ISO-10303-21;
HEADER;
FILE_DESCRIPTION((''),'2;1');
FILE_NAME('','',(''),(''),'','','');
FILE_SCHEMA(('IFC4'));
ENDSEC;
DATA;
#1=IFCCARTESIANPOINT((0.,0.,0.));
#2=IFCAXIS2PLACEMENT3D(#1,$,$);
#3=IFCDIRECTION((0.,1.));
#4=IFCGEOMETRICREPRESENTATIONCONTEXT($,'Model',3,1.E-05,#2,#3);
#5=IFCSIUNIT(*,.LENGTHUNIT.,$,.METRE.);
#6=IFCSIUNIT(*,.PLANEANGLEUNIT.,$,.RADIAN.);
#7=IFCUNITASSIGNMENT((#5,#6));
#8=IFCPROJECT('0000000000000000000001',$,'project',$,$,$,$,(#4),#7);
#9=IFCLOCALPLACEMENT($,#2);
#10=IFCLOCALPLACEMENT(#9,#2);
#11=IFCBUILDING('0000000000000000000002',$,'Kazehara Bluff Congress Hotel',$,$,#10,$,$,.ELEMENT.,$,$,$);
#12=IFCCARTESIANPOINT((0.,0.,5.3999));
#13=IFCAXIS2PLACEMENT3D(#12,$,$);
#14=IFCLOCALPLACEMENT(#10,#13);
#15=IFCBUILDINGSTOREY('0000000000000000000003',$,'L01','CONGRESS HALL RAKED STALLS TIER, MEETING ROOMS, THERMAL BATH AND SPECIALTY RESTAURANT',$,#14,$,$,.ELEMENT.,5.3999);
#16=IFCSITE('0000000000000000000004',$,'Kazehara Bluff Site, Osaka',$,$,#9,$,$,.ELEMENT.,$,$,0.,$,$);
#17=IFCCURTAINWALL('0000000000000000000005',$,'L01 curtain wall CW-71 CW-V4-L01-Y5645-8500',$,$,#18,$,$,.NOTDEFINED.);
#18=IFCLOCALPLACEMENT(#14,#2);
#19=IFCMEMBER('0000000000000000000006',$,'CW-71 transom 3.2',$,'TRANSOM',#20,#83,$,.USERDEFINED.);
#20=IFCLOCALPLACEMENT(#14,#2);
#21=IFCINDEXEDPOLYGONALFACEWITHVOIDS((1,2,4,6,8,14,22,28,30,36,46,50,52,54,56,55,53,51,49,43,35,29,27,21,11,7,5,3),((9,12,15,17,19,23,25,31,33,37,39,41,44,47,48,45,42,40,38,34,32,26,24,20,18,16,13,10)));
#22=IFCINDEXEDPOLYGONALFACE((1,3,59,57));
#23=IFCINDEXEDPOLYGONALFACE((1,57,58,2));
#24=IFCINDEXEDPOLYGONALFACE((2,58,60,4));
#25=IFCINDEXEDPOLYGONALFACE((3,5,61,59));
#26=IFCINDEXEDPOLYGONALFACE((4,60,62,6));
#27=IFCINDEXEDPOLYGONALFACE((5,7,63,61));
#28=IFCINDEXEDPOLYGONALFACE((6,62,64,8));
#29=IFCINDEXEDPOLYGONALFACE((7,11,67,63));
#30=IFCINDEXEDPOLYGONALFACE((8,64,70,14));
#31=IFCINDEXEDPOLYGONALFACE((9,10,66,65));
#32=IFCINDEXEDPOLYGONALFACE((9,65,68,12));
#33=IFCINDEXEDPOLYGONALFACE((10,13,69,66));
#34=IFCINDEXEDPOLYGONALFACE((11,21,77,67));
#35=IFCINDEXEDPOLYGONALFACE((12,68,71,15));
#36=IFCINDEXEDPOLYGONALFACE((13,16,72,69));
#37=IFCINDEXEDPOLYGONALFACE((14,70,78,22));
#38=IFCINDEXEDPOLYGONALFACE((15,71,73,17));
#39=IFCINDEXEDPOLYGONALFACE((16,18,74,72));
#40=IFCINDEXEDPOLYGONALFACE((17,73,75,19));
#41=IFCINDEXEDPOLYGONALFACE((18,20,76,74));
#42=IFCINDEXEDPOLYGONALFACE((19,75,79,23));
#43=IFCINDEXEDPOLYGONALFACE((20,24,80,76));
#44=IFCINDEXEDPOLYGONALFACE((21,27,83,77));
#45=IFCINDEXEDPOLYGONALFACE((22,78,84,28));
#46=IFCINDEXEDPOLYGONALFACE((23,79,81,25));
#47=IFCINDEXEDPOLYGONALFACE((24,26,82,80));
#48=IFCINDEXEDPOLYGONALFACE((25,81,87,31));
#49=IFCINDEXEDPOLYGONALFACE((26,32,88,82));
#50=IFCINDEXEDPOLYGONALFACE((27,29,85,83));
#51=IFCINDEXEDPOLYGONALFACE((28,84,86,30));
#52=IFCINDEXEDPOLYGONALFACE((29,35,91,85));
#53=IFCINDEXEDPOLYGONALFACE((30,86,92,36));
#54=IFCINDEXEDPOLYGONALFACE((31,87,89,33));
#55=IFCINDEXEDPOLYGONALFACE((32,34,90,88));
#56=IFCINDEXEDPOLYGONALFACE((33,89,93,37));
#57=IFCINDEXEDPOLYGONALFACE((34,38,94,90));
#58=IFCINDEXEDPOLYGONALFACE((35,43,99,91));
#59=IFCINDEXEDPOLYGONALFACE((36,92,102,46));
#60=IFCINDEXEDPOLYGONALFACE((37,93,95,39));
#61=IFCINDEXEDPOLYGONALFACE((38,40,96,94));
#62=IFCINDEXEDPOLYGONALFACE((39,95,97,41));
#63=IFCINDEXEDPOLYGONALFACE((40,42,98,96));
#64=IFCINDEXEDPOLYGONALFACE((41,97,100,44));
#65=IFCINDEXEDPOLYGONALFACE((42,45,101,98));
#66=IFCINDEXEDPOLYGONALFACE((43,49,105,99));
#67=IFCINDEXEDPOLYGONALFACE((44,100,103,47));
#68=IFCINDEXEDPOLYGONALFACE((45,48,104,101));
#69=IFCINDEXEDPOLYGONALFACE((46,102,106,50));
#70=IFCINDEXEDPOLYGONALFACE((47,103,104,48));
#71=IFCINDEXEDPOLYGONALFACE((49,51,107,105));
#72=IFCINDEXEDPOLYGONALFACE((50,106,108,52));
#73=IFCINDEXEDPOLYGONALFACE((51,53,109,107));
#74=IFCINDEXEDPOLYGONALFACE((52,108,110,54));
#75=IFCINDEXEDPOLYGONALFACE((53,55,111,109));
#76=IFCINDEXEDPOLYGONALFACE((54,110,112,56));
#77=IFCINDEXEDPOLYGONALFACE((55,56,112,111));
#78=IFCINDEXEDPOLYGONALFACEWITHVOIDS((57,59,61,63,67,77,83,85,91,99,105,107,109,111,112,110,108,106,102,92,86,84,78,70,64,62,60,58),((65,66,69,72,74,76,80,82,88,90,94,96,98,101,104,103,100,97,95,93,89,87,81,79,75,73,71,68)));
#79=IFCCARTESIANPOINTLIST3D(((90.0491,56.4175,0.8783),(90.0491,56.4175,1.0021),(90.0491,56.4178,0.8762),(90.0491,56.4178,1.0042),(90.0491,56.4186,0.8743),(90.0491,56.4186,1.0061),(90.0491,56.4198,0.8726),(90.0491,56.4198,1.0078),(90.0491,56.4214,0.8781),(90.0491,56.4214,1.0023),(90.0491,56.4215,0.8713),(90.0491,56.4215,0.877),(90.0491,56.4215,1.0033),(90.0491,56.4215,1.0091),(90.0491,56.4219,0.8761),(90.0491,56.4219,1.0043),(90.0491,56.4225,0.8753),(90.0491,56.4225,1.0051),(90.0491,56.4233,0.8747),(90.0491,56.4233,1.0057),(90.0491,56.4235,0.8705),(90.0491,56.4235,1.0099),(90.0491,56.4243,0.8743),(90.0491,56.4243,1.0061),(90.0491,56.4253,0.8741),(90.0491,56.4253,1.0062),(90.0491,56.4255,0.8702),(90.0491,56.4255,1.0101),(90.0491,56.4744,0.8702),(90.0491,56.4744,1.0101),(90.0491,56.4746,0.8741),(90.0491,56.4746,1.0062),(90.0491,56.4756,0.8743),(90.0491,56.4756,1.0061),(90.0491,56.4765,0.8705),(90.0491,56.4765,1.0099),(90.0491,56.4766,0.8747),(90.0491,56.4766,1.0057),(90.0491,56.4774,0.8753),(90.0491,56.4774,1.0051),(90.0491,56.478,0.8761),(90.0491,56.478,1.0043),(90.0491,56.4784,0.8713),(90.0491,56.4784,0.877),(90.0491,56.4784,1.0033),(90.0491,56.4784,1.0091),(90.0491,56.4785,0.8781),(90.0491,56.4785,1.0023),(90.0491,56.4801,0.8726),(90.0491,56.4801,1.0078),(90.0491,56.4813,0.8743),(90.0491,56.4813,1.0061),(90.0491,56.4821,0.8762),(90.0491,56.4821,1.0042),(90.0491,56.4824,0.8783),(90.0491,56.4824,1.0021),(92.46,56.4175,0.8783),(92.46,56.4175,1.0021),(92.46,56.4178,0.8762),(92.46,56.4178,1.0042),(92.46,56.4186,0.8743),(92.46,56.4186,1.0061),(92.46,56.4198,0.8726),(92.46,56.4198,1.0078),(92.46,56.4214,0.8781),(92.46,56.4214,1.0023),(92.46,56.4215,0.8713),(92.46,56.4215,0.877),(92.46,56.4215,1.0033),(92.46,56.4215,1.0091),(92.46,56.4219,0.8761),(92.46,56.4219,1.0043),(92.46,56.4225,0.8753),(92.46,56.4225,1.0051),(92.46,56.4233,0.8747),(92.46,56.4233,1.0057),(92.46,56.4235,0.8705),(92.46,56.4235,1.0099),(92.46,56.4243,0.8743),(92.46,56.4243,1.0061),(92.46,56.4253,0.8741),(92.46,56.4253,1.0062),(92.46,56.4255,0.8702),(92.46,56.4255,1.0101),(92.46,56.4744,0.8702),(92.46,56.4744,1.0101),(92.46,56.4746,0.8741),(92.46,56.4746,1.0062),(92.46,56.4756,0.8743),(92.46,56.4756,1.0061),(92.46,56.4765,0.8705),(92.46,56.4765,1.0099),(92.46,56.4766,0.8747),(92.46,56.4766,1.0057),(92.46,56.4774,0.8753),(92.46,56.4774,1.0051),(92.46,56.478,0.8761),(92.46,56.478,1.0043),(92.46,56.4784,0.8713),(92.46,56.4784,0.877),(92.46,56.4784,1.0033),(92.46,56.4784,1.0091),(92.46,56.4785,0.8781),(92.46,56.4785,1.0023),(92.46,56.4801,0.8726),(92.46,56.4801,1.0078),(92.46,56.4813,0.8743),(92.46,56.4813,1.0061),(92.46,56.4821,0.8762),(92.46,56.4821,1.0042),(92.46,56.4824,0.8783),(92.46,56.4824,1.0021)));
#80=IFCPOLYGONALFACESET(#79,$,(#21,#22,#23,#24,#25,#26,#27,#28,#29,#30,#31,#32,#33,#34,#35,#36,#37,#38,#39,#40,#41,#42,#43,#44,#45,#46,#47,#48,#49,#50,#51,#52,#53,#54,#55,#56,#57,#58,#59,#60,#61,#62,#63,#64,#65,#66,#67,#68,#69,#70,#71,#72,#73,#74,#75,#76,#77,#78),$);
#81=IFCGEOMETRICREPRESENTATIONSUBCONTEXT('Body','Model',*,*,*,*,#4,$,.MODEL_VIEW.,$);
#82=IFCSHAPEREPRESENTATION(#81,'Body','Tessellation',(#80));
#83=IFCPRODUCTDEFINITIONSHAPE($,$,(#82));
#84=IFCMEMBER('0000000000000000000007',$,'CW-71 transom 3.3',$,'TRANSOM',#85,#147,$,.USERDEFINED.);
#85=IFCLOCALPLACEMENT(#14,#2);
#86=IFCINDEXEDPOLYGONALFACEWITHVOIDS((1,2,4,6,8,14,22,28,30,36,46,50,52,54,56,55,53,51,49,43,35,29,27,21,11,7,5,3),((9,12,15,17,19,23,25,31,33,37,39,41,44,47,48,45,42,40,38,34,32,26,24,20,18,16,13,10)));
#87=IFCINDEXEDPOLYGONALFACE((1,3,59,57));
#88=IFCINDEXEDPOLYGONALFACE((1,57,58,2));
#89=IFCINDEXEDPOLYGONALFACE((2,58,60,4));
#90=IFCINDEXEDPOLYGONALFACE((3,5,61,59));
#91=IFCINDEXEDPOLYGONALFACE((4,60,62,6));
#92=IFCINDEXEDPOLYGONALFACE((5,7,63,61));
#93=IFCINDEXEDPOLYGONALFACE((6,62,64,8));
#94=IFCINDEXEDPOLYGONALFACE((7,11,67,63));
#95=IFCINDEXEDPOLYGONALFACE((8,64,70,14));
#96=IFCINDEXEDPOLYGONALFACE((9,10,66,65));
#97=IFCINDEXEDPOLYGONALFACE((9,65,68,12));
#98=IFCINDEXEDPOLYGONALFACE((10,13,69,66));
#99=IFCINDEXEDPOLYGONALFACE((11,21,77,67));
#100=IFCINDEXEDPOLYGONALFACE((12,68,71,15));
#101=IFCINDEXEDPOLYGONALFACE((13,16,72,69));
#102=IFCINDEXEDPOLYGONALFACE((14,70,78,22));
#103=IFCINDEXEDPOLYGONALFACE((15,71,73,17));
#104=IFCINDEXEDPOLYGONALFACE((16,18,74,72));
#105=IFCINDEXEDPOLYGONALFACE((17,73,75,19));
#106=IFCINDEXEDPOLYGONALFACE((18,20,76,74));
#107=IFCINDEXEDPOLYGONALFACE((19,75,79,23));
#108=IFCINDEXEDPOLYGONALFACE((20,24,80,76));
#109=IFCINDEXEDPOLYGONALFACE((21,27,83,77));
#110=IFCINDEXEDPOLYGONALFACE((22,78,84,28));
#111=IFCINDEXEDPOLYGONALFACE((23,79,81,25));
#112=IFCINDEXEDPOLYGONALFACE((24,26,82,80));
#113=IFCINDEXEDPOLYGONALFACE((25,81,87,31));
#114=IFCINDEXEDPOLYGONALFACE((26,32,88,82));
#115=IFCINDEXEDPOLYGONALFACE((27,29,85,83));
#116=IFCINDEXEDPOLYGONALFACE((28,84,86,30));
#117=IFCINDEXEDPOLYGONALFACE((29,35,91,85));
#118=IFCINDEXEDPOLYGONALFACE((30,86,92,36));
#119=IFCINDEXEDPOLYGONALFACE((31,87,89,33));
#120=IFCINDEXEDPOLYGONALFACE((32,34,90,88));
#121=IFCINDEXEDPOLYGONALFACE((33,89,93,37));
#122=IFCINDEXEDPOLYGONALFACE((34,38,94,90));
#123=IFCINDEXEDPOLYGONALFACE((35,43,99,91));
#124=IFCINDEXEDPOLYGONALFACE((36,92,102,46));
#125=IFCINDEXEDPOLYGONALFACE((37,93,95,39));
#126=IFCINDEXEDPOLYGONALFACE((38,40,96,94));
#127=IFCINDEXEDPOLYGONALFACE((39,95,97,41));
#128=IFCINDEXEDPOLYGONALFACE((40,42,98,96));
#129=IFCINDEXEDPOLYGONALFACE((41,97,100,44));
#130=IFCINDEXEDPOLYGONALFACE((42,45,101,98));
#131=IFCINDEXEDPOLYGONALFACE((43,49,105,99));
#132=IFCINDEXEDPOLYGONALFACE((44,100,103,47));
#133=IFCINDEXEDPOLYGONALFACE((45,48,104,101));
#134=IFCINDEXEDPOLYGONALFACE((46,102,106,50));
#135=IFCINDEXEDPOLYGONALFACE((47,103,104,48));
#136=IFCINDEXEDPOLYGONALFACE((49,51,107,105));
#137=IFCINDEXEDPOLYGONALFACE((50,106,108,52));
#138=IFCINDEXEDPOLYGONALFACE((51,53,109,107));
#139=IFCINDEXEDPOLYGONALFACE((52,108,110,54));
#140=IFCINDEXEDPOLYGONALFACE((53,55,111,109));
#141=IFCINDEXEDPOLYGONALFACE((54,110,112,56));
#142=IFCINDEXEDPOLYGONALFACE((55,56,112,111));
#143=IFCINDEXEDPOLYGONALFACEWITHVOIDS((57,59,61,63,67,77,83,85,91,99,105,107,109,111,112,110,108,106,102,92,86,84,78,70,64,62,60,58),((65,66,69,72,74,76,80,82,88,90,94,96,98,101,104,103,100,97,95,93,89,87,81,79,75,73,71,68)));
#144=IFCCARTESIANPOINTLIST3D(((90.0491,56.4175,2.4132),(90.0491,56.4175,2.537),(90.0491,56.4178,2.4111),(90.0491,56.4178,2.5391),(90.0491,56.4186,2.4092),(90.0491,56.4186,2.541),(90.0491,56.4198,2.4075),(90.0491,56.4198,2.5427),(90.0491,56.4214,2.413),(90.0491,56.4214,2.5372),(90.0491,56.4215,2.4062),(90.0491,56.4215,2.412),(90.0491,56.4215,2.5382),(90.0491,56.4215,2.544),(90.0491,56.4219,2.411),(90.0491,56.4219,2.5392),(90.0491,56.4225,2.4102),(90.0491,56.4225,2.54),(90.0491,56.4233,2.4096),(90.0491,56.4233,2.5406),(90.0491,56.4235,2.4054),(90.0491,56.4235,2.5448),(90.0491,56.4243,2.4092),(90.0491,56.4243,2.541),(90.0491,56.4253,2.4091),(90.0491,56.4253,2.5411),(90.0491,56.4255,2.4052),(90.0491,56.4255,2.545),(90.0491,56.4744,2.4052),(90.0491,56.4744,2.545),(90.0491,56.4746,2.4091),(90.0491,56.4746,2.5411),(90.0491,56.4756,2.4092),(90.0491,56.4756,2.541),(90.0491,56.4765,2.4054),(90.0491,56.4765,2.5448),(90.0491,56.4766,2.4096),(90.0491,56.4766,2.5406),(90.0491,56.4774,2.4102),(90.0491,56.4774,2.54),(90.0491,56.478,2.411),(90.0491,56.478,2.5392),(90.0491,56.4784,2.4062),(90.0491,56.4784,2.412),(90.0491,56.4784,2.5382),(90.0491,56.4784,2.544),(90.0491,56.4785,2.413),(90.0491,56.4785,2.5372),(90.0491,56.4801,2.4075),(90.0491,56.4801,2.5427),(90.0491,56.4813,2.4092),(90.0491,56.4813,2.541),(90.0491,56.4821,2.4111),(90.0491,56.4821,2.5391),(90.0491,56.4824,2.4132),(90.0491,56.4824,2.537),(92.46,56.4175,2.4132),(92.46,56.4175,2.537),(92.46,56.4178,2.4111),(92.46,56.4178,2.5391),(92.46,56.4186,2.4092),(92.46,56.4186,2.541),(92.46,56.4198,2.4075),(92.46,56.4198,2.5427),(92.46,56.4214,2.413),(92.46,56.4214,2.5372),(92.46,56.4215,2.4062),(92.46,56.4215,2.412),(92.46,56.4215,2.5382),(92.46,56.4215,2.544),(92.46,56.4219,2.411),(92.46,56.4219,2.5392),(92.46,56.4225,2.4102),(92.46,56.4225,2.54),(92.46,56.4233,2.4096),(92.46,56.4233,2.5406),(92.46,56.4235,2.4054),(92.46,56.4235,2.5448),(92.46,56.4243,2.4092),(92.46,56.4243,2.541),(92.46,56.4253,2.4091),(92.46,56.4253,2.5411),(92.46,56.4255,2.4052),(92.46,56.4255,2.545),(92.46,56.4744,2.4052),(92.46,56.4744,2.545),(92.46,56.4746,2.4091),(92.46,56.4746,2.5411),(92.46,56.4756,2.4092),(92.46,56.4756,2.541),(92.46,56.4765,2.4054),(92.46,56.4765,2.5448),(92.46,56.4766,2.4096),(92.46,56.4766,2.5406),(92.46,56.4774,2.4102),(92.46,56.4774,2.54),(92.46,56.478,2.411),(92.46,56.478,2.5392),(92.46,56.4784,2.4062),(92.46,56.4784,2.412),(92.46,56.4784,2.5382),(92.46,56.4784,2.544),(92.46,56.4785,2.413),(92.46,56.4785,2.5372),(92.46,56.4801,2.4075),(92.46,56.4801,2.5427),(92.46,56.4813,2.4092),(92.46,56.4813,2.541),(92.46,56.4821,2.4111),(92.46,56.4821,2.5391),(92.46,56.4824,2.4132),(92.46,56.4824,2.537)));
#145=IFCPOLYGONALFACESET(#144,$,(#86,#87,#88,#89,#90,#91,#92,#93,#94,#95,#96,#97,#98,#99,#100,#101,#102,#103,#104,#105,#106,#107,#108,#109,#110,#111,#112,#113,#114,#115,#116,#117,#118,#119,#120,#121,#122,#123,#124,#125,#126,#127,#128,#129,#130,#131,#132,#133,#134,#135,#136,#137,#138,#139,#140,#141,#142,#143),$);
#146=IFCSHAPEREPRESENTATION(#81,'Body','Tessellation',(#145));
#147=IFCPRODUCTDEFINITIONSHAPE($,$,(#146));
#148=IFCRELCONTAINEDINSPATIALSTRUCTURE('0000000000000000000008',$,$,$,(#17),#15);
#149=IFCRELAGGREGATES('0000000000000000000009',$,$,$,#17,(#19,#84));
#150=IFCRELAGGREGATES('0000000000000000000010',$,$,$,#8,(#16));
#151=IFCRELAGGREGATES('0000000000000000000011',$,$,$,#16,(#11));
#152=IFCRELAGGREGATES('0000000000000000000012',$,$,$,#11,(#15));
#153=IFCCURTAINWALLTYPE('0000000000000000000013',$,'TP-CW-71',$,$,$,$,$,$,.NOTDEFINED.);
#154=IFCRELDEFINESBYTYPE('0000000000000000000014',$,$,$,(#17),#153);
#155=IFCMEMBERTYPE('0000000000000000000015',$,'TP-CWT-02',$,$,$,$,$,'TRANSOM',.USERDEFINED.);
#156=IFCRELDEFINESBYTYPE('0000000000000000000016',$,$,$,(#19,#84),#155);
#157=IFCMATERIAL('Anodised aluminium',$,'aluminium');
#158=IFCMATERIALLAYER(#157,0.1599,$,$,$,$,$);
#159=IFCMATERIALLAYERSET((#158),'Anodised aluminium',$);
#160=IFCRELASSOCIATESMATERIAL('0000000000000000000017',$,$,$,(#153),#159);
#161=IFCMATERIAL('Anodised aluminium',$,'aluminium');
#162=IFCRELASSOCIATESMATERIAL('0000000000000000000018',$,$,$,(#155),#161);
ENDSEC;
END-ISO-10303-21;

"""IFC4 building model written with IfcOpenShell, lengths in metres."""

from ifc_helpers import new_model, si_unit, direction, frame, origin, origin_2d, place, context, subcontext, project, spatial, hollow_rectangle, extrude, material, layer, layer_set, material_profile, profile_set, type_object, element, aggregate, save


model = new_model("IFC4")

# Units and contexts
model_context = context("Model", 3, precision=1e-05, world=origin(), true_north=direction((0.0, 1.0)))
body_context = subcontext(model_context, "Body", "Model", "MODEL_VIEW")
ifc_project = project(units=[si_unit("LENGTHUNIT", "METRE"), si_unit("PLANEANGLEUNIT", "RADIAN")], contexts=[model_context])

# Site, building, storey
site_placement = place(None, origin())
site = spatial("IfcSite", under=ifc_project, at=site_placement, Name="Kazehara Bluff Site, Osaka", CompositionType="ELEMENT", RefElevation=0.0)
building_placement = place(site_placement, origin())
building = spatial("IfcBuilding", under=site, at=building_placement, Name="Kazehara Bluff Congress Hotel", CompositionType="ELEMENT")
storey_placement = place(building_placement, frame((0.0, 0.0, 5.3999)))
storey = spatial("IfcBuildingStorey", under=building, at=storey_placement, Name="L01", Description="CONGRESS HALL RAKED STALLS TIER, MEETING ROOMS, THERMAL BATH AND SPECIALTY RESTAURANT", CompositionType="ELEMENT", Elevation=5.3999)

# Curtain wall, members
ifc_material_1 = material(Name="Anodised aluminium", Category="aluminium")
ifc_layer_1 = layer(ifc_material_1, 0.1599)
ifc_layer_set_1 = layer_set([ifc_layer_1], Name="Anodised aluminium")
curtain_wall_type = type_object("IfcCurtainWallType", Name="TP-CW-71", PredefinedType="NOTDEFINED", material=ifc_layer_set_1)
curtain_wall_placement = place(storey_placement, origin())
curtain_wall = element("IfcCurtainWall", 1, at=curtain_wall_placement, inside=storey, type_object=curtain_wall_type, Name="L01 curtain wall CW-71 CW-V4-L01-Y5645-8500", PredefinedType="NOTDEFINED")
ifc_material_2 = material(Name="Anodised aluminium", Category="aluminium")
ifc_material_profile_1 = material_profile(ifc_material_2, hollow_rectangle(XDim=0.0649, YDim=0.1399, WallThickness=0.0039, InnerFilletRadius=0.0039, OuterFilletRadius=0.0081, at=origin_2d()))
ifc_profile_set_1 = profile_set([ifc_material_profile_1], Name="Anodised aluminium")
member_type_1 = type_object("IfcMemberType", Name="TP-CWT-02", ElementType="TRANSOM", PredefinedType="USERDEFINED", material=ifc_profile_set_1)
member_1_placement = place(storey_placement, frame((90.0491, 56.45, 0.9402), z_axis=(1.0, 0.0, 0.0), x_axis=(0.0, 1.0, 0.0)))
member_1 = element("IfcMember", 2, at=member_1_placement, type_object=member_type_1, Name="CW-71 transom 3.2", ObjectType="TRANSOM", PredefinedType="USERDEFINED", context=body_context, shape_type="SweptSolid", body=[
    extrude(hollow_rectangle(XDim=0.0649, YDim=0.1399, WallThickness=0.0039, InnerFilletRadius=0.0039, OuterFilletRadius=0.0081, at=origin_2d()), origin(), (0.0, 0.0, 1.0), 2.4109),
])
member_2_placement = place(storey_placement, frame((90.0491, 56.45, 2.4751), z_axis=(1.0, 0.0, 0.0), x_axis=(0.0, 1.0, 0.0)))
member_2 = element("IfcMember", 3, at=member_2_placement, type_object=member_type_1, Name="CW-71 transom 3.3", ObjectType="TRANSOM", PredefinedType="USERDEFINED", context=body_context, shape_type="SweptSolid", body=[
    extrude(hollow_rectangle(XDim=0.0649, YDim=0.1399, WallThickness=0.0039, InnerFilletRadius=0.0039, OuterFilletRadius=0.0081, at=origin_2d()), origin(), (0.0, 0.0, 1.0), 2.4109),
])

aggregate(curtain_wall, [member_1, member_2])

save(model, "model.ifc")
